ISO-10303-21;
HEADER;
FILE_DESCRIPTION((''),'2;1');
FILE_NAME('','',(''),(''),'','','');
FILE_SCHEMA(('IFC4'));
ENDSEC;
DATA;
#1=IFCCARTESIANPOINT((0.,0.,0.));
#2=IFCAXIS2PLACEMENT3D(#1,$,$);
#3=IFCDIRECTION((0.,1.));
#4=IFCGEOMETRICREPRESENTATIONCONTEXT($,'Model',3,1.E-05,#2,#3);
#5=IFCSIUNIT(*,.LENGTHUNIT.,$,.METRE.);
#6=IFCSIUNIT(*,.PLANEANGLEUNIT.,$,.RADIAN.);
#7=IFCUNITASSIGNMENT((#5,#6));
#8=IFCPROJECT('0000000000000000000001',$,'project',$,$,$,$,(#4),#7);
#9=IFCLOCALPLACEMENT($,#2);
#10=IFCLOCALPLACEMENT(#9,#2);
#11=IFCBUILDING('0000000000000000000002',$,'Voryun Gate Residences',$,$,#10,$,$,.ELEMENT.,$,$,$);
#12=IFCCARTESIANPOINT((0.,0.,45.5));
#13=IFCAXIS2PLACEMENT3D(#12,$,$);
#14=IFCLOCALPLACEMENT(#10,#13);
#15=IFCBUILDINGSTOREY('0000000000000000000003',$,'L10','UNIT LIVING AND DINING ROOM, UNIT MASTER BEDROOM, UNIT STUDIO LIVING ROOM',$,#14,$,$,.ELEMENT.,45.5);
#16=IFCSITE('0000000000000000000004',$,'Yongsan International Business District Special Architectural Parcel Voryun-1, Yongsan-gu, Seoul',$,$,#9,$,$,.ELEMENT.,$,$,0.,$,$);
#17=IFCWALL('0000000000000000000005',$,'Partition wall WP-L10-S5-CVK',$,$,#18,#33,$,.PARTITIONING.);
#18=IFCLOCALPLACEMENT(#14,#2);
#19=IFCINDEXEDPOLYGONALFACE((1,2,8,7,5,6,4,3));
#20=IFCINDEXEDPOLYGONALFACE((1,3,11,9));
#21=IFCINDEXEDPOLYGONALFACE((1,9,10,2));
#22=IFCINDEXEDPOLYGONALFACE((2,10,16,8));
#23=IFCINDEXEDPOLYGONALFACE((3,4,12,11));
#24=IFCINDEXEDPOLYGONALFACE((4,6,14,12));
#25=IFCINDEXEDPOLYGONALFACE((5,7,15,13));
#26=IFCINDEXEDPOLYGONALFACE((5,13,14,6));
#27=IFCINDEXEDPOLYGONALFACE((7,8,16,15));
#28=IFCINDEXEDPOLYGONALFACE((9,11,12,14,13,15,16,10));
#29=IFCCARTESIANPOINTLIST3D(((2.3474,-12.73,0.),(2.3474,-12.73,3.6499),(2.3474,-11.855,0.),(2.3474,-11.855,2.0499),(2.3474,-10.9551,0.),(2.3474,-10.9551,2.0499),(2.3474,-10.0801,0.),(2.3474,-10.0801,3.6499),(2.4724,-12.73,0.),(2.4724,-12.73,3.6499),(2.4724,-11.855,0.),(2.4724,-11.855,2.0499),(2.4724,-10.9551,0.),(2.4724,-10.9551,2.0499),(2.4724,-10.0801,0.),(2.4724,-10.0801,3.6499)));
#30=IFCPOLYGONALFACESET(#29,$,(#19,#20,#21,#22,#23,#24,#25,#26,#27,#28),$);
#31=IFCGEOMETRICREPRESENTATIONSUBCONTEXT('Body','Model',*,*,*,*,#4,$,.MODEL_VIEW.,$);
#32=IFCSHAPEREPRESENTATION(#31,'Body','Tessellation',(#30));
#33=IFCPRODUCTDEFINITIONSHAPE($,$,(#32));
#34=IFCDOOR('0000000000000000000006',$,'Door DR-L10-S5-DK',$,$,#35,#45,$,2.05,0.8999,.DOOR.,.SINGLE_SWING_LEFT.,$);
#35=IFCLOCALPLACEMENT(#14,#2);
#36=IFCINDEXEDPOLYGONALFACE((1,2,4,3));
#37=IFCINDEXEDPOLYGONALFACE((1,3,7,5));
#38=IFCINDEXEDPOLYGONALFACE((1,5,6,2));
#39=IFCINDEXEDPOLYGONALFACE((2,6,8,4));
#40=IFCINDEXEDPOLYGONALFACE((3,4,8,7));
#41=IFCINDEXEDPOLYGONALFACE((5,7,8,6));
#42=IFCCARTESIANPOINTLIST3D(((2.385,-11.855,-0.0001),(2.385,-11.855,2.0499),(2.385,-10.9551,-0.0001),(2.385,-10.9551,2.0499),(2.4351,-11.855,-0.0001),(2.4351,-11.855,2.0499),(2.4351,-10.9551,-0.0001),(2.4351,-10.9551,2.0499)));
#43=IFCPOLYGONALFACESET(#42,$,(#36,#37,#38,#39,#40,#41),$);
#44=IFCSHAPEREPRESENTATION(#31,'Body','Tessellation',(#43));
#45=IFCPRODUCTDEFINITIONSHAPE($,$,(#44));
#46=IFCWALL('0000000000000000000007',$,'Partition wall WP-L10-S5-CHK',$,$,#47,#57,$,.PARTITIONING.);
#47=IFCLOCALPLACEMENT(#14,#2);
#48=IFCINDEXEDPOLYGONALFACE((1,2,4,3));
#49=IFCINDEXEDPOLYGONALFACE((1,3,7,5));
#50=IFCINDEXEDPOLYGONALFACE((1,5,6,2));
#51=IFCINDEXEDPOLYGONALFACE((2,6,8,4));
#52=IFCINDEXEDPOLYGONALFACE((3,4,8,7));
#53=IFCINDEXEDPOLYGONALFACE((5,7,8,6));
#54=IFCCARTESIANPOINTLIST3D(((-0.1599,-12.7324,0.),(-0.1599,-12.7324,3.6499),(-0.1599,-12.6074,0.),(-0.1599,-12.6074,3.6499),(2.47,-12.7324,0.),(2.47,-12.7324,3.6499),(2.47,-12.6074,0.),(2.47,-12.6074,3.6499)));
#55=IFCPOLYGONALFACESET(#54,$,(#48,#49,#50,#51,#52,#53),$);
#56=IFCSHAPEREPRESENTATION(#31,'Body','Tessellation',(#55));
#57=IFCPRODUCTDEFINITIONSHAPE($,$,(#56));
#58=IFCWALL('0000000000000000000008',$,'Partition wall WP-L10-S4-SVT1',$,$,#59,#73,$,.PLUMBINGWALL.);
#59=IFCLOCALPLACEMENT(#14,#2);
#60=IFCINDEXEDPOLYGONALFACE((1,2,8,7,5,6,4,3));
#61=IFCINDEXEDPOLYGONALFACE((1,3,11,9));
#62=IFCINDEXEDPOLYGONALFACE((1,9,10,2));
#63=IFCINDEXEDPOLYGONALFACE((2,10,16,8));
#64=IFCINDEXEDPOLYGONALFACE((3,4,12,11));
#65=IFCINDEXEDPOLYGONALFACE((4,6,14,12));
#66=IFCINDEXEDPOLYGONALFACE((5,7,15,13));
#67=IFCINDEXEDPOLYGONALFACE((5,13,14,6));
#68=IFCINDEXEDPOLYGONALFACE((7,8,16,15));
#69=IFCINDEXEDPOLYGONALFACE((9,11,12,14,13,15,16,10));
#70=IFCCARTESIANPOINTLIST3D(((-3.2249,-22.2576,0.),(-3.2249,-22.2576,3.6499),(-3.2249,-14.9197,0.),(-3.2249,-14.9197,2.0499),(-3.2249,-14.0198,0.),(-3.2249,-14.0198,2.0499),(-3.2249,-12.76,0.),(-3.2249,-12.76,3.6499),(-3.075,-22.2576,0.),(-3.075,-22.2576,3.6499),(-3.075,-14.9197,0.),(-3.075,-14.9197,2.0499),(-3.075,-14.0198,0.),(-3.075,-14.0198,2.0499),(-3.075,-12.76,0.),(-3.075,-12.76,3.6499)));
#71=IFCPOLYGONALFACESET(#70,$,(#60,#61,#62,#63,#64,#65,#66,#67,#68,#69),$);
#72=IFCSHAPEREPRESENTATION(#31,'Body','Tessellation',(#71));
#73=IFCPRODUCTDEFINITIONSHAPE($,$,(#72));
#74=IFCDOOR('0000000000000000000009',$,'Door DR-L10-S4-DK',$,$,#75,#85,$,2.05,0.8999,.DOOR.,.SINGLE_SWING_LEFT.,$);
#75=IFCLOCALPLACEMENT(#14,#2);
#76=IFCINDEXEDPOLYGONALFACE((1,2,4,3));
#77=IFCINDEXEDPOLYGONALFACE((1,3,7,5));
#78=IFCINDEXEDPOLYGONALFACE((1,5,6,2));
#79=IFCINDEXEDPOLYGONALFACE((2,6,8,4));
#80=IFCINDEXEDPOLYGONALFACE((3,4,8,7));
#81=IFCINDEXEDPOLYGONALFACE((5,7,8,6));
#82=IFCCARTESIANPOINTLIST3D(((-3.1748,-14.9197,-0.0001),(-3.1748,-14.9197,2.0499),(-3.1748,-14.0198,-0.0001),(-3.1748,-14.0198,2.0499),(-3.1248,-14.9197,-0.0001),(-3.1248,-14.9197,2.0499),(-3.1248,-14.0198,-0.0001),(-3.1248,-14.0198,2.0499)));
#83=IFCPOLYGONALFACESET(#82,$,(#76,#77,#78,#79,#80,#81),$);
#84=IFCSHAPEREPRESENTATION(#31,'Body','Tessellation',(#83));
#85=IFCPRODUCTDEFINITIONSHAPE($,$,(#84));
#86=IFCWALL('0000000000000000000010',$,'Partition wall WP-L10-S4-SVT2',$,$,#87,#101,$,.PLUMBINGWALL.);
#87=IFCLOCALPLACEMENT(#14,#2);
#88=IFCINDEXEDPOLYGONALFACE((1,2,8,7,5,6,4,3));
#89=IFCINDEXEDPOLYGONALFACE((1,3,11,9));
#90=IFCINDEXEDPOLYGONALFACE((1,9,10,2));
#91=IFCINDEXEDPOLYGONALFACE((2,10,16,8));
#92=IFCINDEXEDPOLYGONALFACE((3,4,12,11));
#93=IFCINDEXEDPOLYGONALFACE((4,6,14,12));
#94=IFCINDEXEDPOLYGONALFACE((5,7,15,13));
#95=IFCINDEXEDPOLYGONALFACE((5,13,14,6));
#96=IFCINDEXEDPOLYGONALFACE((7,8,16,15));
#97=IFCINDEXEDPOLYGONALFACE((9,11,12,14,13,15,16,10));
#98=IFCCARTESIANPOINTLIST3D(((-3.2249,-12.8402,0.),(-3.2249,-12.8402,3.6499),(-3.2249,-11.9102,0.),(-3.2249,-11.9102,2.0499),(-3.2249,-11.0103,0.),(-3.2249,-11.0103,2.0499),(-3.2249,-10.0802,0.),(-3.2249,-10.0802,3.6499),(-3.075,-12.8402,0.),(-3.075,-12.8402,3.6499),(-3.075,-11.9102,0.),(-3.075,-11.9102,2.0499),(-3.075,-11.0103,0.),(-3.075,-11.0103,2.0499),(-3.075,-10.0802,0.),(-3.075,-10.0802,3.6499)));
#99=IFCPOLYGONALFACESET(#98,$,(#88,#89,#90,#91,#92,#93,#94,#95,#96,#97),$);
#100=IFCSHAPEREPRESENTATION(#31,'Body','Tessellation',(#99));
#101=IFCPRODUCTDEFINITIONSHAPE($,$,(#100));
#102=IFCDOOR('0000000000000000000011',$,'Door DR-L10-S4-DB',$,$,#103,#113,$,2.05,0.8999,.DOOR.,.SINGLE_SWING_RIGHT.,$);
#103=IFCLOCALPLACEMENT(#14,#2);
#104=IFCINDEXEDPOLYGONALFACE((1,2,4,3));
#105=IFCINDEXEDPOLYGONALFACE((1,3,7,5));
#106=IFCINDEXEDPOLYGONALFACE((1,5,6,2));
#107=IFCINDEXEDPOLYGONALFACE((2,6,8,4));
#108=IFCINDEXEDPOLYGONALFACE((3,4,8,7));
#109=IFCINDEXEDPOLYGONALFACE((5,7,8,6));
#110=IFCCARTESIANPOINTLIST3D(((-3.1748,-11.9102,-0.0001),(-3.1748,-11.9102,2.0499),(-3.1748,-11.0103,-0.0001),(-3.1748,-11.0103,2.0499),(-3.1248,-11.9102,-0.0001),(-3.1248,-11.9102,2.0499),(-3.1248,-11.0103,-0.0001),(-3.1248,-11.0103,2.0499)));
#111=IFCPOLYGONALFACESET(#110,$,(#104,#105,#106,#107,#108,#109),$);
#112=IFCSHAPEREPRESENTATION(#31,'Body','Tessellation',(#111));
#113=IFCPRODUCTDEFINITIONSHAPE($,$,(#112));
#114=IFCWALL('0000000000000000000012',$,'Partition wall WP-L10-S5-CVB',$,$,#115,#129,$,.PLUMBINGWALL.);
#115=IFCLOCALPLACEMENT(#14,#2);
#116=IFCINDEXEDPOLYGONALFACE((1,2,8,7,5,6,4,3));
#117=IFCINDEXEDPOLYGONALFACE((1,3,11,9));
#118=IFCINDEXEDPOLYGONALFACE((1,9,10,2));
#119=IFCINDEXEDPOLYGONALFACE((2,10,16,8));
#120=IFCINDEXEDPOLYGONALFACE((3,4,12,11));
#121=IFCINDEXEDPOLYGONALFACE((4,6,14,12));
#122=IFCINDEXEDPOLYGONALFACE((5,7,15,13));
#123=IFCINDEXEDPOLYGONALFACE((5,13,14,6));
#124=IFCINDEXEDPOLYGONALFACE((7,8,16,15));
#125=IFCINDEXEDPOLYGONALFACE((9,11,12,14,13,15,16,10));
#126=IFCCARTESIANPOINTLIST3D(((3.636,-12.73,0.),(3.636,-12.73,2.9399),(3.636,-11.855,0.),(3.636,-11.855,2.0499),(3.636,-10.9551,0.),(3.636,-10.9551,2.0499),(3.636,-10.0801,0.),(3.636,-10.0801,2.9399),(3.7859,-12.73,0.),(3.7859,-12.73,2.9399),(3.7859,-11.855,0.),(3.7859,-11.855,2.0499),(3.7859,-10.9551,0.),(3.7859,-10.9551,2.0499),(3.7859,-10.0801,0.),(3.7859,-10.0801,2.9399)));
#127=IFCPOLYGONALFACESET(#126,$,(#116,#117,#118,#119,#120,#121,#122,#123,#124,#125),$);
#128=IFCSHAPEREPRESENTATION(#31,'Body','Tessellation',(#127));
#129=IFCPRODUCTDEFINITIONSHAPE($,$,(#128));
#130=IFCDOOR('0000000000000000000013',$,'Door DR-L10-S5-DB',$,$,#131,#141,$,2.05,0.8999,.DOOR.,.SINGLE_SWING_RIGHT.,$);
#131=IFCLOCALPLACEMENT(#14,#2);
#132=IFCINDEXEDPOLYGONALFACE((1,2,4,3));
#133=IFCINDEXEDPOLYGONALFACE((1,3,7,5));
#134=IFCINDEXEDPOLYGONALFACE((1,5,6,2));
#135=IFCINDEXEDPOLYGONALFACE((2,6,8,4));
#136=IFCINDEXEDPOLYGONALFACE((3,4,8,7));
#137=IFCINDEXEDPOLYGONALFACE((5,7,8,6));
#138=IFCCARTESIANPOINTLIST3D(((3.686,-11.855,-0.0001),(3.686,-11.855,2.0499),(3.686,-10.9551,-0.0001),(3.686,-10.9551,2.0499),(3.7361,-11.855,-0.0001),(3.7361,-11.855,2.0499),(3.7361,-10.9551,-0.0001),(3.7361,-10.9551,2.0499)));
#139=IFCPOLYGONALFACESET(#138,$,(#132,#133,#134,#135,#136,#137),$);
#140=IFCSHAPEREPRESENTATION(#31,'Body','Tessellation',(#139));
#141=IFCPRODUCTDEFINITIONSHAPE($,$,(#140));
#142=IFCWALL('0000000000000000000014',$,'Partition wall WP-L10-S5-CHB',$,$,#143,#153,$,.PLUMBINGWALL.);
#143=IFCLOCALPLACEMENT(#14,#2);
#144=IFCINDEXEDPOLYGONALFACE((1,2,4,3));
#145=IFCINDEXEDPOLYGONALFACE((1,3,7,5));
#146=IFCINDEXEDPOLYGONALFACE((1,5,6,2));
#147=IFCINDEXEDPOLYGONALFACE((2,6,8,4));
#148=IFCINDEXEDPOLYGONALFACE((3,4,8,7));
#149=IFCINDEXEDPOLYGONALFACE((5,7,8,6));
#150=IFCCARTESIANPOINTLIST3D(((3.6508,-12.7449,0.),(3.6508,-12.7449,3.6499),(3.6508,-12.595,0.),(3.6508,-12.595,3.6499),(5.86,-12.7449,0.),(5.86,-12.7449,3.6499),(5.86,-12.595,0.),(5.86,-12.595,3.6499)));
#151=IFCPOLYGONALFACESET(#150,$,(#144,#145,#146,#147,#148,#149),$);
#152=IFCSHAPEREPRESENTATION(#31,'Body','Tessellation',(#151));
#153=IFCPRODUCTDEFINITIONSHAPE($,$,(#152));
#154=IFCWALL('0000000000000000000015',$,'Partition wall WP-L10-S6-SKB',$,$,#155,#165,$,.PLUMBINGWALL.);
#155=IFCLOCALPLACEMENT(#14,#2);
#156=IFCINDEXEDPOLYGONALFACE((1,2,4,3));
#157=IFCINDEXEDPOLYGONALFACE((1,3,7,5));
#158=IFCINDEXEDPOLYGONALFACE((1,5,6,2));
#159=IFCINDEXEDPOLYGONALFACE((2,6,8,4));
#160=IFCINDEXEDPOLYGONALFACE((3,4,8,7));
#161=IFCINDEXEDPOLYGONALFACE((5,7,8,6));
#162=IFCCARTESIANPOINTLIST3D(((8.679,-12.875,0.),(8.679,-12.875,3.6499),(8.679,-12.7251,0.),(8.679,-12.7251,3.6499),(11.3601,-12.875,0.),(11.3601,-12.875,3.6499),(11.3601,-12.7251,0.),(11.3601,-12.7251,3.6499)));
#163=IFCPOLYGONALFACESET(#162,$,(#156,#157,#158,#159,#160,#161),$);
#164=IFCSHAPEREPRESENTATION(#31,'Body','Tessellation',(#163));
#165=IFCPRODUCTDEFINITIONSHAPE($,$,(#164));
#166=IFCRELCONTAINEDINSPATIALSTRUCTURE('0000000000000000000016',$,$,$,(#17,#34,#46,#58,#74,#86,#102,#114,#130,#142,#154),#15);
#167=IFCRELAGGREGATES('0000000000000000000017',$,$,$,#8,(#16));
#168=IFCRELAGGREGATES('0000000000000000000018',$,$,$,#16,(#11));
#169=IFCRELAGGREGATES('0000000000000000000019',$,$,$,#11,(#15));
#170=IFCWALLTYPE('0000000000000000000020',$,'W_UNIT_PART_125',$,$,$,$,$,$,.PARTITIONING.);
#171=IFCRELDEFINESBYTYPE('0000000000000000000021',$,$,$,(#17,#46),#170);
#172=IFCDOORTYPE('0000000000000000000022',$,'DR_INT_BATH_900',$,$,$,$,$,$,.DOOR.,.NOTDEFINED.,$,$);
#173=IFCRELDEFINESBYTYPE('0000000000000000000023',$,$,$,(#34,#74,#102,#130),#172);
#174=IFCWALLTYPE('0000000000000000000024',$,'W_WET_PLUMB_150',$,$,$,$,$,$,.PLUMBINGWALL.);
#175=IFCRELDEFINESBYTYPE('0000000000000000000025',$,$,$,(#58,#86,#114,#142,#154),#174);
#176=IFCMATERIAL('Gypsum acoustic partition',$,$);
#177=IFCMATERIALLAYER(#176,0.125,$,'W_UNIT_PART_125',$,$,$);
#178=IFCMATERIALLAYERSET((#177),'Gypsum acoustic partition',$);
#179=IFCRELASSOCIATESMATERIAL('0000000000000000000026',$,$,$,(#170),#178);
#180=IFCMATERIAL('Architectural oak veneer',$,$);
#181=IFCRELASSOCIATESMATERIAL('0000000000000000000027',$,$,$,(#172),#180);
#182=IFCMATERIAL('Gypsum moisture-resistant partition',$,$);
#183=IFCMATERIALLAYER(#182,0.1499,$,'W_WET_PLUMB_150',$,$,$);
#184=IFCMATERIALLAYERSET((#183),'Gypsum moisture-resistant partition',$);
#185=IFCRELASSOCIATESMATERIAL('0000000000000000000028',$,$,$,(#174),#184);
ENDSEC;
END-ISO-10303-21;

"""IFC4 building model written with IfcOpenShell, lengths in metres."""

from ifc_helpers import new_model, si_unit, direction, frame, frame_2d, origin, place, context, subcontext, project, spatial, rectangle, extrude, material, layer, layer_set, type_object, element, fill, save


model = new_model("IFC4")

# Units and contexts
model_context = context("Model", 3, precision=1e-05, world=origin(), true_north=direction((0.0, 1.0)))
body_context = subcontext(model_context, "Body", "Model", "MODEL_VIEW")
ifc_project = project(units=[si_unit("LENGTHUNIT", "METRE"), si_unit("PLANEANGLEUNIT", "RADIAN")], contexts=[model_context])

# Site, building, storey
site_placement = place(None, origin())
site = spatial("IfcSite", under=ifc_project, at=site_placement, Name="Yongsan International Business District Special Architectural Parcel Voryun-1, Yongsan-gu, Seoul", CompositionType="ELEMENT", RefElevation=0.0)
building_placement = place(site_placement, origin())
building = spatial("IfcBuilding", under=site, at=building_placement, Name="Voryun Gate Residences", CompositionType="ELEMENT")
storey_placement = place(building_placement, frame((0.0, 0.0, 45.5)))
storey = spatial("IfcBuildingStorey", under=building, at=storey_placement, Name="L10", Description="UNIT LIVING AND DINING ROOM, UNIT MASTER BEDROOM, UNIT STUDIO LIVING ROOM", CompositionType="ELEMENT", Elevation=45.5)

# Wall, opening, door
ifc_material_1 = material(Name="Gypsum acoustic partition")
ifc_layer_1 = layer(ifc_material_1, 0.125, Name="W_UNIT_PART_125")
ifc_layer_set_1 = layer_set([ifc_layer_1], Name="Gypsum acoustic partition")
wall_type_1 = type_object("IfcWallType", Name="W_UNIT_PART_125", PredefinedType="PARTITIONING", material=ifc_layer_set_1)
wall_1_placement = place(storey_placement, frame((2.4099, -12.73, 0.0), z_axis=(0.0, 0.0, 1.0), x_axis=(0.0, 1.0, 0.0)))
wall_1 = element("IfcWall", 1, at=wall_1_placement, inside=storey, type_object=wall_type_1, Name="Partition wall WP-L10-S5-CVK", PredefinedType="PARTITIONING", context=body_context, shape_type="SweptSolid", body=[
    extrude(rectangle(XDim=2.6499, YDim=0.125, at=frame_2d((1.325, 0.0))), origin(), (0.0, 0.0, 1.0), 3.6499),
])
opening_1_placement = place(wall_1_placement, frame((0.875, 0.0, 0.0)))
opening_1 = element("IfcOpeningElement", 2, at=opening_1_placement, cuts=wall_1, PredefinedType="OPENING", context=body_context, shape_type="SweptSolid", body=[
    extrude(rectangle(XDim=0.8999, YDim=2.05, at=frame_2d((0.45, 1.0249))), frame((0.0, 0.0725, 0.0), z_axis=(0.0, -1.0, 0.0), x_axis=(1.0, 0.0, 0.0)), (0.0, 0.0, 1.0), 0.145),
])
ifc_material_2 = material(Name="Architectural oak veneer")
door_type = type_object("IfcDoorType", Name="DR_INT_BATH_900", OperationType="NOTDEFINED", PredefinedType="DOOR", material=ifc_material_2)
door_1_placement = place(opening_1_placement, origin())
door_1 = element("IfcDoor", 3, at=door_1_placement, inside=storey, type_object=door_type, Name="Door DR-L10-S5-DK", OperationType="SINGLE_SWING_LEFT", OverallHeight=2.05, OverallWidth=0.8999, PredefinedType="DOOR", context=body_context, shape_type="SweptSolid", body=[
    extrude(rectangle(XDim=0.8999, YDim=2.05, at=frame_2d((0.45, 1.0249))), frame((0.0, 0.0249, 0.0), z_axis=(0.0, -1.0, 0.0), x_axis=(1.0, 0.0, 0.0)), (0.0, 0.0, 1.0), 0.05),
])
fill(opening_1, door_1)

# Wall
wall_2_placement = place(storey_placement, frame((-0.1599, -12.6699, 0.0), z_axis=(0.0, 0.0, 1.0), x_axis=(1.0, 0.0, 0.0)))
element("IfcWall", 4, at=wall_2_placement, inside=storey, type_object=wall_type_1, Name="Partition wall WP-L10-S5-CHK", PredefinedType="PARTITIONING", context=body_context, shape_type="SweptSolid", body=[
    extrude(rectangle(XDim=2.6299, YDim=0.125, at=frame_2d((1.3149, 0.0))), origin(), (0.0, 0.0, 1.0), 3.6499),
])

# Walls, openings, doors
ifc_material_3 = material(Name="Gypsum moisture-resistant partition")
ifc_layer_2 = layer(ifc_material_3, 0.1499, Name="W_WET_PLUMB_150")
ifc_layer_set_2 = layer_set([ifc_layer_2], Name="Gypsum moisture-resistant partition")
wall_type_2 = type_object("IfcWallType", Name="W_WET_PLUMB_150", PredefinedType="PLUMBINGWALL", material=ifc_layer_set_2)
wall_3_placement = place(storey_placement, frame((-3.1499, -22.2576, 0.0), z_axis=(0.0, 0.0, 1.0), x_axis=(0.0, 1.0, 0.0)))
wall_3 = element("IfcWall", 5, at=wall_3_placement, inside=storey, type_object=wall_type_2, Name="Partition wall WP-L10-S4-SVT1", PredefinedType="PLUMBINGWALL", context=body_context, shape_type="SweptSolid", body=[
    extrude(rectangle(XDim=9.4976, YDim=0.1499, at=frame_2d((4.7488, 0.0))), origin(), (0.0, 0.0, 1.0), 3.6499),
])
opening_2_placement = place(wall_3_placement, frame((7.3379, 0.0, 0.0)))
opening_2 = element("IfcOpeningElement", 6, at=opening_2_placement, cuts=wall_3, PredefinedType="OPENING", context=body_context, shape_type="SweptSolid", body=[
    extrude(rectangle(XDim=0.8999, YDim=2.05, at=frame_2d((0.45, 1.0249))), frame((0.0, 0.085, 0.0), z_axis=(0.0, -1.0, 0.0), x_axis=(1.0, 0.0, 0.0)), (0.0, 0.0, 1.0), 0.1699),
])
door_2_placement = place(opening_2_placement, origin())
door_2 = element("IfcDoor", 7, at=door_2_placement, inside=storey, type_object=door_type, Name="Door DR-L10-S4-DK", OperationType="SINGLE_SWING_LEFT", OverallHeight=2.05, OverallWidth=0.8999, PredefinedType="DOOR", context=body_context, shape_type="SweptSolid", body=[
    extrude(rectangle(XDim=0.8999, YDim=2.05, at=frame_2d((0.45, 1.0249))), frame((0.0, 0.0249, 0.0), z_axis=(0.0, -1.0, 0.0), x_axis=(1.0, 0.0, 0.0)), (0.0, 0.0, 1.0), 0.05),
])
fill(opening_2, door_2)
wall_4_placement = place(storey_placement, frame((-3.1499, -12.8401, 0.0), z_axis=(0.0, 0.0, 1.0), x_axis=(0.0, 1.0, 0.0)))
wall_4 = element("IfcWall", 8, at=wall_4_placement, inside=storey, type_object=wall_type_2, Name="Partition wall WP-L10-S4-SVT2", PredefinedType="PLUMBINGWALL", context=body_context, shape_type="SweptSolid", body=[
    extrude(rectangle(XDim=2.76, YDim=0.1499, at=frame_2d((1.3799, 0.0))), origin(), (0.0, 0.0, 1.0), 3.6499),
])
opening_3_placement = place(wall_4_placement, frame((0.9299, 0.0, 0.0)))
opening_3 = element("IfcOpeningElement", 9, at=opening_3_placement, cuts=wall_4, PredefinedType="OPENING", context=body_context, shape_type="SweptSolid", body=[
    extrude(rectangle(XDim=0.8999, YDim=2.05, at=frame_2d((0.45, 1.0249))), frame((0.0, 0.085, 0.0), z_axis=(0.0, -1.0, 0.0), x_axis=(1.0, 0.0, 0.0)), (0.0, 0.0, 1.0), 0.1699),
])
door_3_placement = place(opening_3_placement, origin())
door_3 = element("IfcDoor", 10, at=door_3_placement, inside=storey, type_object=door_type, Name="Door DR-L10-S4-DB", OperationType="SINGLE_SWING_RIGHT", OverallHeight=2.05, OverallWidth=0.8999, PredefinedType="DOOR", context=body_context, shape_type="SweptSolid", body=[
    extrude(rectangle(XDim=0.8999, YDim=2.05, at=frame_2d((0.45, 1.0249))), frame((0.0, 0.0249, 0.0), z_axis=(0.0, -1.0, 0.0), x_axis=(1.0, 0.0, 0.0)), (0.0, 0.0, 1.0), 0.05),
])
fill(opening_3, door_3)
wall_5_placement = place(storey_placement, frame((3.7109, -12.73, 0.0), z_axis=(0.0, 0.0, 1.0), x_axis=(0.0, 1.0, 0.0)))
wall_5 = element("IfcWall", 11, at=wall_5_placement, inside=storey, type_object=wall_type_2, Name="Partition wall WP-L10-S5-CVB", PredefinedType="PLUMBINGWALL", context=body_context, shape_type="SweptSolid", body=[
    extrude(rectangle(XDim=2.6499, YDim=0.1499, at=frame_2d((1.325, 0.0))), origin(), (0.0, 0.0, 1.0), 2.9399),
])
opening_4_placement = place(wall_5_placement, frame((0.875, 0.0, 0.0)))
opening_4 = element("IfcOpeningElement", 12, at=opening_4_placement, cuts=wall_5, PredefinedType="OPENING", context=body_context, shape_type="SweptSolid", body=[
    extrude(rectangle(XDim=0.8999, YDim=2.05, at=frame_2d((0.45, 1.0249))), frame((0.0, 0.085, 0.0), z_axis=(0.0, -1.0, 0.0), x_axis=(1.0, 0.0, 0.0)), (0.0, 0.0, 1.0), 0.1699),
])
door_4_placement = place(opening_4_placement, origin())
door_4 = element("IfcDoor", 13, at=door_4_placement, inside=storey, type_object=door_type, Name="Door DR-L10-S5-DB", OperationType="SINGLE_SWING_RIGHT", OverallHeight=2.05, OverallWidth=0.8999, PredefinedType="DOOR", context=body_context, shape_type="SweptSolid", body=[
    extrude(rectangle(XDim=0.8999, YDim=2.05, at=frame_2d((0.45, 1.0249))), frame((0.0, 0.0249, 0.0), z_axis=(0.0, -1.0, 0.0), x_axis=(1.0, 0.0, 0.0)), (0.0, 0.0, 1.0), 0.05),
])
fill(opening_4, door_4)

# Walls
wall_6_placement = place(storey_placement, frame((3.6509, -12.6699, 0.0), z_axis=(0.0, 0.0, 1.0), x_axis=(1.0, 0.0, 0.0)))
element("IfcWall", 14, at=wall_6_placement, inside=storey, type_object=wall_type_2, Name="Partition wall WP-L10-S5-CHB", PredefinedType="PLUMBINGWALL", context=body_context, shape_type="SweptSolid", body=[
    extrude(rectangle(XDim=2.2092, YDim=0.1499, at=frame_2d((1.1045, 0.0))), origin(), (0.0, 0.0, 1.0), 3.6499),
])
wall_7_placement = place(storey_placement, frame((8.679, -12.8, 0.0), z_axis=(0.0, 0.0, 1.0), x_axis=(1.0, 0.0, 0.0)))
element("IfcWall", 15, at=wall_7_placement, inside=storey, type_object=wall_type_2, Name="Partition wall WP-L10-S6-SKB", PredefinedType="PLUMBINGWALL", context=body_context, shape_type="SweptSolid", body=[
    extrude(rectangle(XDim=2.6812, YDim=0.1499, at=frame_2d((1.3406, 0.0))), origin(), (0.0, 0.0, 1.0), 3.6499),
])

save(model, "model.ifc")
